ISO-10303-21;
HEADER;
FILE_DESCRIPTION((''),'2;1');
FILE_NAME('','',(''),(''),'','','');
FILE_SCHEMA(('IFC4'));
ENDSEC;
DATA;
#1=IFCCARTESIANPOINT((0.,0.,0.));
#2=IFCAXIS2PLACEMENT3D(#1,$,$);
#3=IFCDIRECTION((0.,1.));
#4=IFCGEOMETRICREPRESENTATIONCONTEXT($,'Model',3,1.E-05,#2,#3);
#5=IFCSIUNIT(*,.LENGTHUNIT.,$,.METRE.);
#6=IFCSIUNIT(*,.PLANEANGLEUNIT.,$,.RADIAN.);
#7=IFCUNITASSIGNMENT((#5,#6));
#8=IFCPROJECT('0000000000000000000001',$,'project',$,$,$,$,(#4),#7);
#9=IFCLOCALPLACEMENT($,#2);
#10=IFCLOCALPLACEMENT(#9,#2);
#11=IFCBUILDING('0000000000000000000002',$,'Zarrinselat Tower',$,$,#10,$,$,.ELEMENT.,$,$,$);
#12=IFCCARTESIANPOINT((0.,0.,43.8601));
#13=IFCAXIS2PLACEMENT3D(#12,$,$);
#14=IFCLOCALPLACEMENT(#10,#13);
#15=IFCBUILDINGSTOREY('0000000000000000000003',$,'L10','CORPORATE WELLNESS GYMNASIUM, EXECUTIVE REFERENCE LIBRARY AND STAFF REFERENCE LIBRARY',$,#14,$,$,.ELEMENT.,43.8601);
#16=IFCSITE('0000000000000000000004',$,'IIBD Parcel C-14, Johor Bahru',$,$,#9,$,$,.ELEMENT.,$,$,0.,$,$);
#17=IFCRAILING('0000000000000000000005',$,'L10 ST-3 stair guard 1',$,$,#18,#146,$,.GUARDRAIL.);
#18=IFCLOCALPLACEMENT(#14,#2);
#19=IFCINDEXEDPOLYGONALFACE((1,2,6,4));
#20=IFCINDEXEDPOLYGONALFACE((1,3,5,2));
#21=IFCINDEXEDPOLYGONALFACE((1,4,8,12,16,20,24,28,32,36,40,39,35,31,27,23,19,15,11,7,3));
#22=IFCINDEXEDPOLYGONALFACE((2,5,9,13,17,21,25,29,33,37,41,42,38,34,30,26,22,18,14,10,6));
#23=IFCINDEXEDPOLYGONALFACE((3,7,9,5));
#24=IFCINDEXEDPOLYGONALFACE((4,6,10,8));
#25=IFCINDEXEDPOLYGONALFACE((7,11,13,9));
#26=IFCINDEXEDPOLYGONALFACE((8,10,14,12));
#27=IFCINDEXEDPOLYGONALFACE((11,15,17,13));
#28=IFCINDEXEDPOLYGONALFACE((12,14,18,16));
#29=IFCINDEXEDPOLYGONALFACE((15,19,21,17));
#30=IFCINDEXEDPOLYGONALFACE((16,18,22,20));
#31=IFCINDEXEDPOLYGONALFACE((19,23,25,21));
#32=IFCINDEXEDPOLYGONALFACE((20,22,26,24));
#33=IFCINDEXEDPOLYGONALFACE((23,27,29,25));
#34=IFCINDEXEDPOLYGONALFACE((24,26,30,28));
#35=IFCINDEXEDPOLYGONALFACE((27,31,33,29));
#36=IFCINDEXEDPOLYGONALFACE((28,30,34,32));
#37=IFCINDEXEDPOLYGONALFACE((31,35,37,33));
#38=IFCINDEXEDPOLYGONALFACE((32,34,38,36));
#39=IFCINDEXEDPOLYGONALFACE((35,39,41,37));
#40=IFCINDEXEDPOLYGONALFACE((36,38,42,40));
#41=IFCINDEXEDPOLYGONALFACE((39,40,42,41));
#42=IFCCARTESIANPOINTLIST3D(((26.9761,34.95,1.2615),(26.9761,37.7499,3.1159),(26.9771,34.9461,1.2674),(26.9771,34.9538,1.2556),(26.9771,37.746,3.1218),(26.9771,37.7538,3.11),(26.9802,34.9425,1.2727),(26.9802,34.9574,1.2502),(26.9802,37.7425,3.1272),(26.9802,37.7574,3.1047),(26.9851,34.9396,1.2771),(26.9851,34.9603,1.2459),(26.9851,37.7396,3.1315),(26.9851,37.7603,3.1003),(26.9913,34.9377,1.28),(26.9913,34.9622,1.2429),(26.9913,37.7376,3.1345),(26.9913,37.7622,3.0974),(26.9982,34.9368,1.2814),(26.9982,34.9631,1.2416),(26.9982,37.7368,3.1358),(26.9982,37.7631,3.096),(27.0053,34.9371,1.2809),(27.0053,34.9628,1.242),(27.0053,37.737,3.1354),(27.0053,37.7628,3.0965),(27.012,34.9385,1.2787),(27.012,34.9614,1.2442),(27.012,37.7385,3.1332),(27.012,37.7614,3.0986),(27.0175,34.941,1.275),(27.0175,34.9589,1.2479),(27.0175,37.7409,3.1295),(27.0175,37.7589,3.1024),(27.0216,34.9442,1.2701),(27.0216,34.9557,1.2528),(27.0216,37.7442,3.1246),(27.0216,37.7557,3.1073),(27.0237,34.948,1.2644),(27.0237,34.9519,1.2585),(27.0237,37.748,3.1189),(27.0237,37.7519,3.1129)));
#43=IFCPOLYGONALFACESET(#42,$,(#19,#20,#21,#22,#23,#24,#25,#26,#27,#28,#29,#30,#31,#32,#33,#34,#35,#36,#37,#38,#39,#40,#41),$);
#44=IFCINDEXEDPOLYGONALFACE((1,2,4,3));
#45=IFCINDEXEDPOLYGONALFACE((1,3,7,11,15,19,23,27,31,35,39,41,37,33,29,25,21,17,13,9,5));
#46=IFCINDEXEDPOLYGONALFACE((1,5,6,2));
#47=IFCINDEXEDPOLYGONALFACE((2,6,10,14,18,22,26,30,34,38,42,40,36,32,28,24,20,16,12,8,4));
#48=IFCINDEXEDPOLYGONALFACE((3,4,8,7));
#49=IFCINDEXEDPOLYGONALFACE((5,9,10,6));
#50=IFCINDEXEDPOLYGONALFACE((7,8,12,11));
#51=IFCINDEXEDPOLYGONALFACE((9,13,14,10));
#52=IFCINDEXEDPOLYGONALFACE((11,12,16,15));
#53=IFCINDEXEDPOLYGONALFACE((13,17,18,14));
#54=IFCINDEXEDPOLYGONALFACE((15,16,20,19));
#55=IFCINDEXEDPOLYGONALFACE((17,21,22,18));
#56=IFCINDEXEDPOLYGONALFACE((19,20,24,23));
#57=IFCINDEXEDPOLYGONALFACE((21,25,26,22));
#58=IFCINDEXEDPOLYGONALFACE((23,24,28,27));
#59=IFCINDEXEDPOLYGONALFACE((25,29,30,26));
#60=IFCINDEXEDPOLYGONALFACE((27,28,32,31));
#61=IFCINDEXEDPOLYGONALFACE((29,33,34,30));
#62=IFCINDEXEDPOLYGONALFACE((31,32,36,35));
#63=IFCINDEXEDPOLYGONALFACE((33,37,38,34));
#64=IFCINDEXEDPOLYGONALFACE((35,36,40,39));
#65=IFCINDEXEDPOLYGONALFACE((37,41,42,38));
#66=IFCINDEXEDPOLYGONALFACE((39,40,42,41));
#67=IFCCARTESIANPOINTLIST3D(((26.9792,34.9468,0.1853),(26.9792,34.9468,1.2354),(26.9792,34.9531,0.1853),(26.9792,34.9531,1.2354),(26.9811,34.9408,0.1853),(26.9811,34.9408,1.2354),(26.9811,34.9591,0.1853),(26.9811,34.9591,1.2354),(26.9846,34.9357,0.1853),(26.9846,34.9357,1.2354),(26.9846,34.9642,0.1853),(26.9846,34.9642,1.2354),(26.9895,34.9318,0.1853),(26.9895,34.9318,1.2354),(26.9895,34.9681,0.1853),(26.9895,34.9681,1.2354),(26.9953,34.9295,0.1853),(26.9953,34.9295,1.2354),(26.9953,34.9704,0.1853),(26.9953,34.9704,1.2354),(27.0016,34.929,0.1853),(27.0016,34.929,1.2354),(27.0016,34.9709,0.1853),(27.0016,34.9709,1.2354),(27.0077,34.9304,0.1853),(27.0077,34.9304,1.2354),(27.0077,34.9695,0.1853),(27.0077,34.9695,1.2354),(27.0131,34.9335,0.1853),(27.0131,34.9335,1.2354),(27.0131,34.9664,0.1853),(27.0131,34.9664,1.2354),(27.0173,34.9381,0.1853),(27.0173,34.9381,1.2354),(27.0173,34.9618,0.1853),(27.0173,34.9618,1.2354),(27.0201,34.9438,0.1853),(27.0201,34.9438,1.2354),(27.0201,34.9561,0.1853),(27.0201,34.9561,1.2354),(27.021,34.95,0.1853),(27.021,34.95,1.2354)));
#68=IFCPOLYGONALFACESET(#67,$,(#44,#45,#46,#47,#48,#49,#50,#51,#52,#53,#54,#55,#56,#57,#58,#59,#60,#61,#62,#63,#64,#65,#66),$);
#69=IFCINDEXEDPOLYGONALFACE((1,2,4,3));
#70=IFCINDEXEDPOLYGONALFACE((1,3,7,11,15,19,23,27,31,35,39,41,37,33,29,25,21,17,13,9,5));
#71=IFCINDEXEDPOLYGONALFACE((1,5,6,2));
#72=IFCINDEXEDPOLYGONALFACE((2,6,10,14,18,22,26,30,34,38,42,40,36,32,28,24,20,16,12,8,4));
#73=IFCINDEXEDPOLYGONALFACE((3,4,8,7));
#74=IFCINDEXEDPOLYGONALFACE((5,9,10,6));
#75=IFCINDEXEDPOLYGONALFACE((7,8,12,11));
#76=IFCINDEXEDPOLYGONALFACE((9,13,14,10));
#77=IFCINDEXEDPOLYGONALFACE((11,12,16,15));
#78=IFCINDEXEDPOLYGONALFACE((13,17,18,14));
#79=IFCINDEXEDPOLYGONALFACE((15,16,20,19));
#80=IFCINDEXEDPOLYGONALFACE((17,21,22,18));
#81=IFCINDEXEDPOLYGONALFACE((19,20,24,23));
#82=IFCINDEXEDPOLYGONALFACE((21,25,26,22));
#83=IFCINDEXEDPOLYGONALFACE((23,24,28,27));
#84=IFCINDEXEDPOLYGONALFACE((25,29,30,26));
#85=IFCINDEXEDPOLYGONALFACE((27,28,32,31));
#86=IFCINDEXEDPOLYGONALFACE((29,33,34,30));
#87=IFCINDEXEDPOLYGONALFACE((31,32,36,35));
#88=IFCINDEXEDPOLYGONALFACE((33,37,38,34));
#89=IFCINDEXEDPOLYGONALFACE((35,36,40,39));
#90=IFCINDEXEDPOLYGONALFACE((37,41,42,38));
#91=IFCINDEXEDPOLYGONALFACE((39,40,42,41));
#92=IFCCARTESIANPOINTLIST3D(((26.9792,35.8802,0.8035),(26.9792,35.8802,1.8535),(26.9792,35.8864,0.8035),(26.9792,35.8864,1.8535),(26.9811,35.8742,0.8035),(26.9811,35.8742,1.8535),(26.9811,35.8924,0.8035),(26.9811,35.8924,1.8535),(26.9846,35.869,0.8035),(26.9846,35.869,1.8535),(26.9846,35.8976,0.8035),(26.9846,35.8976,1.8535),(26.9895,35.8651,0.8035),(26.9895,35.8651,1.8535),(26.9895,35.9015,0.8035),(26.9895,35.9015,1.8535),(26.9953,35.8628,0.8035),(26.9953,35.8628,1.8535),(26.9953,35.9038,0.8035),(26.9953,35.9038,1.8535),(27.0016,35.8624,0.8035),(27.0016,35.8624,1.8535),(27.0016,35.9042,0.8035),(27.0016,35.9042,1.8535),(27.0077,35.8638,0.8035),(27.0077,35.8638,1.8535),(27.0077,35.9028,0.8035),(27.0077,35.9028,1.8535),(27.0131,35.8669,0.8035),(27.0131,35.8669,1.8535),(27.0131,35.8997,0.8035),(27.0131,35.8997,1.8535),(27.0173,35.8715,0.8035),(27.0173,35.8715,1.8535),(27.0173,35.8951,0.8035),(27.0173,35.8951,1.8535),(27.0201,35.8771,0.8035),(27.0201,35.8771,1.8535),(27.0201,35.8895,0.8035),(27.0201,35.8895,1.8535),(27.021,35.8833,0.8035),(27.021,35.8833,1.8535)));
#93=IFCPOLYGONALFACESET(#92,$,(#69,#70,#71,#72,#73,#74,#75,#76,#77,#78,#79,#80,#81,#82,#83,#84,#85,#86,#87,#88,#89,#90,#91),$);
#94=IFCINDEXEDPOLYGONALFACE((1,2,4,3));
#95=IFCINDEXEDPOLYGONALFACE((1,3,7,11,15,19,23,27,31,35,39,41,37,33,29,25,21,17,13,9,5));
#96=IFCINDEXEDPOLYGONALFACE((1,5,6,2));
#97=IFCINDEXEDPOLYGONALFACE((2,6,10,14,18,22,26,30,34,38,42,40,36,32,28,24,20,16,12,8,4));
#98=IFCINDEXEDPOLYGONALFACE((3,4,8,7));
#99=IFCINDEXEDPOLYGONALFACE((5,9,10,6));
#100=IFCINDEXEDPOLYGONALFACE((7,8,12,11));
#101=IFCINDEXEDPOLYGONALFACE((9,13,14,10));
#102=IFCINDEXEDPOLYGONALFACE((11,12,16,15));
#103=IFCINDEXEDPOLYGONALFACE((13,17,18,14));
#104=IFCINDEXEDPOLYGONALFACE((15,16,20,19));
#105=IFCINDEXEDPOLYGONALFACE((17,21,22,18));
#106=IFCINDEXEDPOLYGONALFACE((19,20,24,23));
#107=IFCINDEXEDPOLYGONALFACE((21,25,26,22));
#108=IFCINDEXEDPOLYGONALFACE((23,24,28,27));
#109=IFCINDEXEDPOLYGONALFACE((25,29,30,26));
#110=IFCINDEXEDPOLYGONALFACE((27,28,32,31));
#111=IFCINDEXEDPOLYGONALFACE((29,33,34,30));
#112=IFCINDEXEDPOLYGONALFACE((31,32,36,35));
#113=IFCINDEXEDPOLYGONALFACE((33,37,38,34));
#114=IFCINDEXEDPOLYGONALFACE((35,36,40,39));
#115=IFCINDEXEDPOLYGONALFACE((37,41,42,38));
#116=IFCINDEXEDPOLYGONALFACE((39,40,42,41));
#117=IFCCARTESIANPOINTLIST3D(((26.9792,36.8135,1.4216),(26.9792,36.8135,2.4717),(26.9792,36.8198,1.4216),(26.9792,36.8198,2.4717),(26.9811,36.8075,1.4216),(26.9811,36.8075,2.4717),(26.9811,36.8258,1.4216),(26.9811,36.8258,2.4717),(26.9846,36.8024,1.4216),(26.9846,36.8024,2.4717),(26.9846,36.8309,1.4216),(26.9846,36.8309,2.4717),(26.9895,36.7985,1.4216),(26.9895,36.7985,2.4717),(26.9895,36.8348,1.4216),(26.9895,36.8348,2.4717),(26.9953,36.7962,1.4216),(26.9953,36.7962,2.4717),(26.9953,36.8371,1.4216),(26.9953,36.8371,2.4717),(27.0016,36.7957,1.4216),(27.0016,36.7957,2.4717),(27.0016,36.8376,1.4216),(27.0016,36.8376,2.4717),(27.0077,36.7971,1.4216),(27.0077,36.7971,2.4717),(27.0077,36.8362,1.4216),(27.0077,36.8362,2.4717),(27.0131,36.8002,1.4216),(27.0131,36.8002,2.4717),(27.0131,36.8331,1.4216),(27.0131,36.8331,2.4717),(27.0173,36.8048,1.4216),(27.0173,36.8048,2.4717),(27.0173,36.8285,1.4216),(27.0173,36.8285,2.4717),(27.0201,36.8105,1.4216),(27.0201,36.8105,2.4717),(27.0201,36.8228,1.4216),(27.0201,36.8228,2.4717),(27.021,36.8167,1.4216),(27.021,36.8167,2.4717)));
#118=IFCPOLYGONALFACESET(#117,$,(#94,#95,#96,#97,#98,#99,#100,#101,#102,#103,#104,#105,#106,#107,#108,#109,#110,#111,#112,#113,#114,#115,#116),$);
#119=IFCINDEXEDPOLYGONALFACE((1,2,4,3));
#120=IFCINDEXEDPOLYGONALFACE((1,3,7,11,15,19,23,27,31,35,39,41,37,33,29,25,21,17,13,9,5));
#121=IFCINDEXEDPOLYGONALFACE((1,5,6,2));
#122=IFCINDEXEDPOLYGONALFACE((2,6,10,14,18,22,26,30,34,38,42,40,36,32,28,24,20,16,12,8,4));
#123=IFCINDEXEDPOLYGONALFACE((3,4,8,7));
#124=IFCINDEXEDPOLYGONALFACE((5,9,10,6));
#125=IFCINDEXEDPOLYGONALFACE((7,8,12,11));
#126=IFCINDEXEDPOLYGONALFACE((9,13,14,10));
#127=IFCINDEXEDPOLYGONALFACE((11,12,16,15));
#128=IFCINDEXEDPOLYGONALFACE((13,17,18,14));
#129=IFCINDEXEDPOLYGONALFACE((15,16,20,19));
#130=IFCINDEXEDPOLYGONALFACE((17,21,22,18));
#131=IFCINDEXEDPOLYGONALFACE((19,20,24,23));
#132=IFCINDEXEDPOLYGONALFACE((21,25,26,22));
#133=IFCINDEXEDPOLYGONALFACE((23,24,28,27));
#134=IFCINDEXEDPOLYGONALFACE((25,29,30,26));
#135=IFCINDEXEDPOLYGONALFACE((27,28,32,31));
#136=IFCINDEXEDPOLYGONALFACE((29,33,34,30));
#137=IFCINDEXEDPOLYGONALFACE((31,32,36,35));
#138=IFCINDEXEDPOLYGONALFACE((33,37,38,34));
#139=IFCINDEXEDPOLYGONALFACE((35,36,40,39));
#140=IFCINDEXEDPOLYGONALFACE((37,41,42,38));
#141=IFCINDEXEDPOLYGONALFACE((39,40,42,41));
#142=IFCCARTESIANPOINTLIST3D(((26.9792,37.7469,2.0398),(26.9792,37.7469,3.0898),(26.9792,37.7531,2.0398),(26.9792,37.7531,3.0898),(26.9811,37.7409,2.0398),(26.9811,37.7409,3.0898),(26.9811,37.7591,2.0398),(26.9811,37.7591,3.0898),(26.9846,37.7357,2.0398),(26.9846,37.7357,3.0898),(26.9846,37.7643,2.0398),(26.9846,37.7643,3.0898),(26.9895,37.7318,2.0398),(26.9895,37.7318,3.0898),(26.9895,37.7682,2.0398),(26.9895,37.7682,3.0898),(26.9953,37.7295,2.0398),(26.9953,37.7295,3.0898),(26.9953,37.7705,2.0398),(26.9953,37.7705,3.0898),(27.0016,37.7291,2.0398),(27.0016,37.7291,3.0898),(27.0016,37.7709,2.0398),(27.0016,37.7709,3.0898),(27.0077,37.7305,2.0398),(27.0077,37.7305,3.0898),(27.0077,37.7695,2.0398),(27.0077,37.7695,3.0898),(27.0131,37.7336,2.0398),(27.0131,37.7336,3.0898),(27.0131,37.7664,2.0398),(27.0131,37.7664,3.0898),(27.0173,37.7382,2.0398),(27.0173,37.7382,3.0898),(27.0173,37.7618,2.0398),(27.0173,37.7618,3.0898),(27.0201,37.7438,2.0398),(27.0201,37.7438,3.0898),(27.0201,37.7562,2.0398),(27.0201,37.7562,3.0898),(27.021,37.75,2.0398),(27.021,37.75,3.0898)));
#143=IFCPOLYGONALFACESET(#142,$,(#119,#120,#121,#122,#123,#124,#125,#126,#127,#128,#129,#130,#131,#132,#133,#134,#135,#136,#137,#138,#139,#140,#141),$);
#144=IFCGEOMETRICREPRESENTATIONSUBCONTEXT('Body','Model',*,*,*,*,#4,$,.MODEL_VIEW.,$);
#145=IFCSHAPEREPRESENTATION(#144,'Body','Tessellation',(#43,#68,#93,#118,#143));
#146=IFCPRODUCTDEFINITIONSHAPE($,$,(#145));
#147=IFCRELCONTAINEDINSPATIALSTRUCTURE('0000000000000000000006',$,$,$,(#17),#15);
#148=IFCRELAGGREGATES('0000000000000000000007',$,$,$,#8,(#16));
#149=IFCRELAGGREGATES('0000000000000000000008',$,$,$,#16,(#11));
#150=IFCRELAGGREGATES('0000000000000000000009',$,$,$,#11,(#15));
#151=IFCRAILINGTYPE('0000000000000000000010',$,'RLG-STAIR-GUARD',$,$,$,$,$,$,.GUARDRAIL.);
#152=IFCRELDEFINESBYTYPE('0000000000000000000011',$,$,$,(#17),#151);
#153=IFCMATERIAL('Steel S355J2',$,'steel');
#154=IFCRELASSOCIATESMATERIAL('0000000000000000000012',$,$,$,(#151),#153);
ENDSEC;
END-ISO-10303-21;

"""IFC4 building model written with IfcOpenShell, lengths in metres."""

from ifc_helpers import new_model, si_unit, direction, frame, origin, origin_2d, place, context, subcontext, project, spatial, circle, extrude, material, type_object, element, save


model = new_model("IFC4")

# Units and contexts
model_context = context("Model", 3, precision=1e-05, world=origin(), true_north=direction((0.0, 1.0)))
body_context = subcontext(model_context, "Body", "Model", "MODEL_VIEW")
ifc_project = project(units=[si_unit("LENGTHUNIT", "METRE"), si_unit("PLANEANGLEUNIT", "RADIAN")], contexts=[model_context])

# Site, building, storey
site_placement = place(None, origin())
site = spatial("IfcSite", under=ifc_project, at=site_placement, Name="IIBD Parcel C-14, Johor Bahru", CompositionType="ELEMENT", RefElevation=0.0)
building_placement = place(site_placement, origin())
building = spatial("IfcBuilding", under=site, at=building_placement, Name="Zarrinselat Tower", CompositionType="ELEMENT")
storey_placement = place(building_placement, frame((0.0, 0.0, 43.8601)))
storey = spatial("IfcBuildingStorey", under=building, at=storey_placement, Name="L10", Description="CORPORATE WELLNESS GYMNASIUM, EXECUTIVE REFERENCE LIBRARY AND STAFF REFERENCE LIBRARY", CompositionType="ELEMENT", Elevation=43.8601)

# Railing
ifc_material_1 = material(Name="Steel S355J2", Category="steel")
railing_type_1 = type_object("IfcRailingType", Name="RLG-STAIR-GUARD", PredefinedType="GUARDRAIL", material=ifc_material_1)
railing_1_placement = place(storey_placement, frame((27.0, 34.95, 0.1853)))
element("IfcRailing", 1, at=railing_1_placement, inside=storey, type_object=railing_type_1, Name="L10 ST-3 stair guard 1", PredefinedType="GUARDRAIL", context=body_context, shape_type="SweptSolid", body=[
    extrude(circle(Radius=0.0239, at=origin_2d()), frame((0.0, 0.0, 1.0762), z_axis=(0.0, 0.833724, 0.552181), x_axis=(-1.0, 0.0, 0.0)), (0.0, 0.0, 1.0), 3.3584),
    extrude(circle(Radius=0.021, at=origin_2d()), origin(), (0.0, 0.0, 1.0), 1.05),
    extrude(circle(Radius=0.021, at=origin_2d()), frame((0.0, 0.9333, 0.6182)), (0.0, 0.0, 1.0), 1.05),
    extrude(circle(Radius=0.021, at=origin_2d()), frame((0.0, 1.8667, 1.2363)), (0.0, 0.0, 1.0), 1.05),
    extrude(circle(Radius=0.021, at=origin_2d()), frame((0.0, 2.8, 1.8545)), (0.0, 0.0, 1.0), 1.05),
])

save(model, "model.ifc")
